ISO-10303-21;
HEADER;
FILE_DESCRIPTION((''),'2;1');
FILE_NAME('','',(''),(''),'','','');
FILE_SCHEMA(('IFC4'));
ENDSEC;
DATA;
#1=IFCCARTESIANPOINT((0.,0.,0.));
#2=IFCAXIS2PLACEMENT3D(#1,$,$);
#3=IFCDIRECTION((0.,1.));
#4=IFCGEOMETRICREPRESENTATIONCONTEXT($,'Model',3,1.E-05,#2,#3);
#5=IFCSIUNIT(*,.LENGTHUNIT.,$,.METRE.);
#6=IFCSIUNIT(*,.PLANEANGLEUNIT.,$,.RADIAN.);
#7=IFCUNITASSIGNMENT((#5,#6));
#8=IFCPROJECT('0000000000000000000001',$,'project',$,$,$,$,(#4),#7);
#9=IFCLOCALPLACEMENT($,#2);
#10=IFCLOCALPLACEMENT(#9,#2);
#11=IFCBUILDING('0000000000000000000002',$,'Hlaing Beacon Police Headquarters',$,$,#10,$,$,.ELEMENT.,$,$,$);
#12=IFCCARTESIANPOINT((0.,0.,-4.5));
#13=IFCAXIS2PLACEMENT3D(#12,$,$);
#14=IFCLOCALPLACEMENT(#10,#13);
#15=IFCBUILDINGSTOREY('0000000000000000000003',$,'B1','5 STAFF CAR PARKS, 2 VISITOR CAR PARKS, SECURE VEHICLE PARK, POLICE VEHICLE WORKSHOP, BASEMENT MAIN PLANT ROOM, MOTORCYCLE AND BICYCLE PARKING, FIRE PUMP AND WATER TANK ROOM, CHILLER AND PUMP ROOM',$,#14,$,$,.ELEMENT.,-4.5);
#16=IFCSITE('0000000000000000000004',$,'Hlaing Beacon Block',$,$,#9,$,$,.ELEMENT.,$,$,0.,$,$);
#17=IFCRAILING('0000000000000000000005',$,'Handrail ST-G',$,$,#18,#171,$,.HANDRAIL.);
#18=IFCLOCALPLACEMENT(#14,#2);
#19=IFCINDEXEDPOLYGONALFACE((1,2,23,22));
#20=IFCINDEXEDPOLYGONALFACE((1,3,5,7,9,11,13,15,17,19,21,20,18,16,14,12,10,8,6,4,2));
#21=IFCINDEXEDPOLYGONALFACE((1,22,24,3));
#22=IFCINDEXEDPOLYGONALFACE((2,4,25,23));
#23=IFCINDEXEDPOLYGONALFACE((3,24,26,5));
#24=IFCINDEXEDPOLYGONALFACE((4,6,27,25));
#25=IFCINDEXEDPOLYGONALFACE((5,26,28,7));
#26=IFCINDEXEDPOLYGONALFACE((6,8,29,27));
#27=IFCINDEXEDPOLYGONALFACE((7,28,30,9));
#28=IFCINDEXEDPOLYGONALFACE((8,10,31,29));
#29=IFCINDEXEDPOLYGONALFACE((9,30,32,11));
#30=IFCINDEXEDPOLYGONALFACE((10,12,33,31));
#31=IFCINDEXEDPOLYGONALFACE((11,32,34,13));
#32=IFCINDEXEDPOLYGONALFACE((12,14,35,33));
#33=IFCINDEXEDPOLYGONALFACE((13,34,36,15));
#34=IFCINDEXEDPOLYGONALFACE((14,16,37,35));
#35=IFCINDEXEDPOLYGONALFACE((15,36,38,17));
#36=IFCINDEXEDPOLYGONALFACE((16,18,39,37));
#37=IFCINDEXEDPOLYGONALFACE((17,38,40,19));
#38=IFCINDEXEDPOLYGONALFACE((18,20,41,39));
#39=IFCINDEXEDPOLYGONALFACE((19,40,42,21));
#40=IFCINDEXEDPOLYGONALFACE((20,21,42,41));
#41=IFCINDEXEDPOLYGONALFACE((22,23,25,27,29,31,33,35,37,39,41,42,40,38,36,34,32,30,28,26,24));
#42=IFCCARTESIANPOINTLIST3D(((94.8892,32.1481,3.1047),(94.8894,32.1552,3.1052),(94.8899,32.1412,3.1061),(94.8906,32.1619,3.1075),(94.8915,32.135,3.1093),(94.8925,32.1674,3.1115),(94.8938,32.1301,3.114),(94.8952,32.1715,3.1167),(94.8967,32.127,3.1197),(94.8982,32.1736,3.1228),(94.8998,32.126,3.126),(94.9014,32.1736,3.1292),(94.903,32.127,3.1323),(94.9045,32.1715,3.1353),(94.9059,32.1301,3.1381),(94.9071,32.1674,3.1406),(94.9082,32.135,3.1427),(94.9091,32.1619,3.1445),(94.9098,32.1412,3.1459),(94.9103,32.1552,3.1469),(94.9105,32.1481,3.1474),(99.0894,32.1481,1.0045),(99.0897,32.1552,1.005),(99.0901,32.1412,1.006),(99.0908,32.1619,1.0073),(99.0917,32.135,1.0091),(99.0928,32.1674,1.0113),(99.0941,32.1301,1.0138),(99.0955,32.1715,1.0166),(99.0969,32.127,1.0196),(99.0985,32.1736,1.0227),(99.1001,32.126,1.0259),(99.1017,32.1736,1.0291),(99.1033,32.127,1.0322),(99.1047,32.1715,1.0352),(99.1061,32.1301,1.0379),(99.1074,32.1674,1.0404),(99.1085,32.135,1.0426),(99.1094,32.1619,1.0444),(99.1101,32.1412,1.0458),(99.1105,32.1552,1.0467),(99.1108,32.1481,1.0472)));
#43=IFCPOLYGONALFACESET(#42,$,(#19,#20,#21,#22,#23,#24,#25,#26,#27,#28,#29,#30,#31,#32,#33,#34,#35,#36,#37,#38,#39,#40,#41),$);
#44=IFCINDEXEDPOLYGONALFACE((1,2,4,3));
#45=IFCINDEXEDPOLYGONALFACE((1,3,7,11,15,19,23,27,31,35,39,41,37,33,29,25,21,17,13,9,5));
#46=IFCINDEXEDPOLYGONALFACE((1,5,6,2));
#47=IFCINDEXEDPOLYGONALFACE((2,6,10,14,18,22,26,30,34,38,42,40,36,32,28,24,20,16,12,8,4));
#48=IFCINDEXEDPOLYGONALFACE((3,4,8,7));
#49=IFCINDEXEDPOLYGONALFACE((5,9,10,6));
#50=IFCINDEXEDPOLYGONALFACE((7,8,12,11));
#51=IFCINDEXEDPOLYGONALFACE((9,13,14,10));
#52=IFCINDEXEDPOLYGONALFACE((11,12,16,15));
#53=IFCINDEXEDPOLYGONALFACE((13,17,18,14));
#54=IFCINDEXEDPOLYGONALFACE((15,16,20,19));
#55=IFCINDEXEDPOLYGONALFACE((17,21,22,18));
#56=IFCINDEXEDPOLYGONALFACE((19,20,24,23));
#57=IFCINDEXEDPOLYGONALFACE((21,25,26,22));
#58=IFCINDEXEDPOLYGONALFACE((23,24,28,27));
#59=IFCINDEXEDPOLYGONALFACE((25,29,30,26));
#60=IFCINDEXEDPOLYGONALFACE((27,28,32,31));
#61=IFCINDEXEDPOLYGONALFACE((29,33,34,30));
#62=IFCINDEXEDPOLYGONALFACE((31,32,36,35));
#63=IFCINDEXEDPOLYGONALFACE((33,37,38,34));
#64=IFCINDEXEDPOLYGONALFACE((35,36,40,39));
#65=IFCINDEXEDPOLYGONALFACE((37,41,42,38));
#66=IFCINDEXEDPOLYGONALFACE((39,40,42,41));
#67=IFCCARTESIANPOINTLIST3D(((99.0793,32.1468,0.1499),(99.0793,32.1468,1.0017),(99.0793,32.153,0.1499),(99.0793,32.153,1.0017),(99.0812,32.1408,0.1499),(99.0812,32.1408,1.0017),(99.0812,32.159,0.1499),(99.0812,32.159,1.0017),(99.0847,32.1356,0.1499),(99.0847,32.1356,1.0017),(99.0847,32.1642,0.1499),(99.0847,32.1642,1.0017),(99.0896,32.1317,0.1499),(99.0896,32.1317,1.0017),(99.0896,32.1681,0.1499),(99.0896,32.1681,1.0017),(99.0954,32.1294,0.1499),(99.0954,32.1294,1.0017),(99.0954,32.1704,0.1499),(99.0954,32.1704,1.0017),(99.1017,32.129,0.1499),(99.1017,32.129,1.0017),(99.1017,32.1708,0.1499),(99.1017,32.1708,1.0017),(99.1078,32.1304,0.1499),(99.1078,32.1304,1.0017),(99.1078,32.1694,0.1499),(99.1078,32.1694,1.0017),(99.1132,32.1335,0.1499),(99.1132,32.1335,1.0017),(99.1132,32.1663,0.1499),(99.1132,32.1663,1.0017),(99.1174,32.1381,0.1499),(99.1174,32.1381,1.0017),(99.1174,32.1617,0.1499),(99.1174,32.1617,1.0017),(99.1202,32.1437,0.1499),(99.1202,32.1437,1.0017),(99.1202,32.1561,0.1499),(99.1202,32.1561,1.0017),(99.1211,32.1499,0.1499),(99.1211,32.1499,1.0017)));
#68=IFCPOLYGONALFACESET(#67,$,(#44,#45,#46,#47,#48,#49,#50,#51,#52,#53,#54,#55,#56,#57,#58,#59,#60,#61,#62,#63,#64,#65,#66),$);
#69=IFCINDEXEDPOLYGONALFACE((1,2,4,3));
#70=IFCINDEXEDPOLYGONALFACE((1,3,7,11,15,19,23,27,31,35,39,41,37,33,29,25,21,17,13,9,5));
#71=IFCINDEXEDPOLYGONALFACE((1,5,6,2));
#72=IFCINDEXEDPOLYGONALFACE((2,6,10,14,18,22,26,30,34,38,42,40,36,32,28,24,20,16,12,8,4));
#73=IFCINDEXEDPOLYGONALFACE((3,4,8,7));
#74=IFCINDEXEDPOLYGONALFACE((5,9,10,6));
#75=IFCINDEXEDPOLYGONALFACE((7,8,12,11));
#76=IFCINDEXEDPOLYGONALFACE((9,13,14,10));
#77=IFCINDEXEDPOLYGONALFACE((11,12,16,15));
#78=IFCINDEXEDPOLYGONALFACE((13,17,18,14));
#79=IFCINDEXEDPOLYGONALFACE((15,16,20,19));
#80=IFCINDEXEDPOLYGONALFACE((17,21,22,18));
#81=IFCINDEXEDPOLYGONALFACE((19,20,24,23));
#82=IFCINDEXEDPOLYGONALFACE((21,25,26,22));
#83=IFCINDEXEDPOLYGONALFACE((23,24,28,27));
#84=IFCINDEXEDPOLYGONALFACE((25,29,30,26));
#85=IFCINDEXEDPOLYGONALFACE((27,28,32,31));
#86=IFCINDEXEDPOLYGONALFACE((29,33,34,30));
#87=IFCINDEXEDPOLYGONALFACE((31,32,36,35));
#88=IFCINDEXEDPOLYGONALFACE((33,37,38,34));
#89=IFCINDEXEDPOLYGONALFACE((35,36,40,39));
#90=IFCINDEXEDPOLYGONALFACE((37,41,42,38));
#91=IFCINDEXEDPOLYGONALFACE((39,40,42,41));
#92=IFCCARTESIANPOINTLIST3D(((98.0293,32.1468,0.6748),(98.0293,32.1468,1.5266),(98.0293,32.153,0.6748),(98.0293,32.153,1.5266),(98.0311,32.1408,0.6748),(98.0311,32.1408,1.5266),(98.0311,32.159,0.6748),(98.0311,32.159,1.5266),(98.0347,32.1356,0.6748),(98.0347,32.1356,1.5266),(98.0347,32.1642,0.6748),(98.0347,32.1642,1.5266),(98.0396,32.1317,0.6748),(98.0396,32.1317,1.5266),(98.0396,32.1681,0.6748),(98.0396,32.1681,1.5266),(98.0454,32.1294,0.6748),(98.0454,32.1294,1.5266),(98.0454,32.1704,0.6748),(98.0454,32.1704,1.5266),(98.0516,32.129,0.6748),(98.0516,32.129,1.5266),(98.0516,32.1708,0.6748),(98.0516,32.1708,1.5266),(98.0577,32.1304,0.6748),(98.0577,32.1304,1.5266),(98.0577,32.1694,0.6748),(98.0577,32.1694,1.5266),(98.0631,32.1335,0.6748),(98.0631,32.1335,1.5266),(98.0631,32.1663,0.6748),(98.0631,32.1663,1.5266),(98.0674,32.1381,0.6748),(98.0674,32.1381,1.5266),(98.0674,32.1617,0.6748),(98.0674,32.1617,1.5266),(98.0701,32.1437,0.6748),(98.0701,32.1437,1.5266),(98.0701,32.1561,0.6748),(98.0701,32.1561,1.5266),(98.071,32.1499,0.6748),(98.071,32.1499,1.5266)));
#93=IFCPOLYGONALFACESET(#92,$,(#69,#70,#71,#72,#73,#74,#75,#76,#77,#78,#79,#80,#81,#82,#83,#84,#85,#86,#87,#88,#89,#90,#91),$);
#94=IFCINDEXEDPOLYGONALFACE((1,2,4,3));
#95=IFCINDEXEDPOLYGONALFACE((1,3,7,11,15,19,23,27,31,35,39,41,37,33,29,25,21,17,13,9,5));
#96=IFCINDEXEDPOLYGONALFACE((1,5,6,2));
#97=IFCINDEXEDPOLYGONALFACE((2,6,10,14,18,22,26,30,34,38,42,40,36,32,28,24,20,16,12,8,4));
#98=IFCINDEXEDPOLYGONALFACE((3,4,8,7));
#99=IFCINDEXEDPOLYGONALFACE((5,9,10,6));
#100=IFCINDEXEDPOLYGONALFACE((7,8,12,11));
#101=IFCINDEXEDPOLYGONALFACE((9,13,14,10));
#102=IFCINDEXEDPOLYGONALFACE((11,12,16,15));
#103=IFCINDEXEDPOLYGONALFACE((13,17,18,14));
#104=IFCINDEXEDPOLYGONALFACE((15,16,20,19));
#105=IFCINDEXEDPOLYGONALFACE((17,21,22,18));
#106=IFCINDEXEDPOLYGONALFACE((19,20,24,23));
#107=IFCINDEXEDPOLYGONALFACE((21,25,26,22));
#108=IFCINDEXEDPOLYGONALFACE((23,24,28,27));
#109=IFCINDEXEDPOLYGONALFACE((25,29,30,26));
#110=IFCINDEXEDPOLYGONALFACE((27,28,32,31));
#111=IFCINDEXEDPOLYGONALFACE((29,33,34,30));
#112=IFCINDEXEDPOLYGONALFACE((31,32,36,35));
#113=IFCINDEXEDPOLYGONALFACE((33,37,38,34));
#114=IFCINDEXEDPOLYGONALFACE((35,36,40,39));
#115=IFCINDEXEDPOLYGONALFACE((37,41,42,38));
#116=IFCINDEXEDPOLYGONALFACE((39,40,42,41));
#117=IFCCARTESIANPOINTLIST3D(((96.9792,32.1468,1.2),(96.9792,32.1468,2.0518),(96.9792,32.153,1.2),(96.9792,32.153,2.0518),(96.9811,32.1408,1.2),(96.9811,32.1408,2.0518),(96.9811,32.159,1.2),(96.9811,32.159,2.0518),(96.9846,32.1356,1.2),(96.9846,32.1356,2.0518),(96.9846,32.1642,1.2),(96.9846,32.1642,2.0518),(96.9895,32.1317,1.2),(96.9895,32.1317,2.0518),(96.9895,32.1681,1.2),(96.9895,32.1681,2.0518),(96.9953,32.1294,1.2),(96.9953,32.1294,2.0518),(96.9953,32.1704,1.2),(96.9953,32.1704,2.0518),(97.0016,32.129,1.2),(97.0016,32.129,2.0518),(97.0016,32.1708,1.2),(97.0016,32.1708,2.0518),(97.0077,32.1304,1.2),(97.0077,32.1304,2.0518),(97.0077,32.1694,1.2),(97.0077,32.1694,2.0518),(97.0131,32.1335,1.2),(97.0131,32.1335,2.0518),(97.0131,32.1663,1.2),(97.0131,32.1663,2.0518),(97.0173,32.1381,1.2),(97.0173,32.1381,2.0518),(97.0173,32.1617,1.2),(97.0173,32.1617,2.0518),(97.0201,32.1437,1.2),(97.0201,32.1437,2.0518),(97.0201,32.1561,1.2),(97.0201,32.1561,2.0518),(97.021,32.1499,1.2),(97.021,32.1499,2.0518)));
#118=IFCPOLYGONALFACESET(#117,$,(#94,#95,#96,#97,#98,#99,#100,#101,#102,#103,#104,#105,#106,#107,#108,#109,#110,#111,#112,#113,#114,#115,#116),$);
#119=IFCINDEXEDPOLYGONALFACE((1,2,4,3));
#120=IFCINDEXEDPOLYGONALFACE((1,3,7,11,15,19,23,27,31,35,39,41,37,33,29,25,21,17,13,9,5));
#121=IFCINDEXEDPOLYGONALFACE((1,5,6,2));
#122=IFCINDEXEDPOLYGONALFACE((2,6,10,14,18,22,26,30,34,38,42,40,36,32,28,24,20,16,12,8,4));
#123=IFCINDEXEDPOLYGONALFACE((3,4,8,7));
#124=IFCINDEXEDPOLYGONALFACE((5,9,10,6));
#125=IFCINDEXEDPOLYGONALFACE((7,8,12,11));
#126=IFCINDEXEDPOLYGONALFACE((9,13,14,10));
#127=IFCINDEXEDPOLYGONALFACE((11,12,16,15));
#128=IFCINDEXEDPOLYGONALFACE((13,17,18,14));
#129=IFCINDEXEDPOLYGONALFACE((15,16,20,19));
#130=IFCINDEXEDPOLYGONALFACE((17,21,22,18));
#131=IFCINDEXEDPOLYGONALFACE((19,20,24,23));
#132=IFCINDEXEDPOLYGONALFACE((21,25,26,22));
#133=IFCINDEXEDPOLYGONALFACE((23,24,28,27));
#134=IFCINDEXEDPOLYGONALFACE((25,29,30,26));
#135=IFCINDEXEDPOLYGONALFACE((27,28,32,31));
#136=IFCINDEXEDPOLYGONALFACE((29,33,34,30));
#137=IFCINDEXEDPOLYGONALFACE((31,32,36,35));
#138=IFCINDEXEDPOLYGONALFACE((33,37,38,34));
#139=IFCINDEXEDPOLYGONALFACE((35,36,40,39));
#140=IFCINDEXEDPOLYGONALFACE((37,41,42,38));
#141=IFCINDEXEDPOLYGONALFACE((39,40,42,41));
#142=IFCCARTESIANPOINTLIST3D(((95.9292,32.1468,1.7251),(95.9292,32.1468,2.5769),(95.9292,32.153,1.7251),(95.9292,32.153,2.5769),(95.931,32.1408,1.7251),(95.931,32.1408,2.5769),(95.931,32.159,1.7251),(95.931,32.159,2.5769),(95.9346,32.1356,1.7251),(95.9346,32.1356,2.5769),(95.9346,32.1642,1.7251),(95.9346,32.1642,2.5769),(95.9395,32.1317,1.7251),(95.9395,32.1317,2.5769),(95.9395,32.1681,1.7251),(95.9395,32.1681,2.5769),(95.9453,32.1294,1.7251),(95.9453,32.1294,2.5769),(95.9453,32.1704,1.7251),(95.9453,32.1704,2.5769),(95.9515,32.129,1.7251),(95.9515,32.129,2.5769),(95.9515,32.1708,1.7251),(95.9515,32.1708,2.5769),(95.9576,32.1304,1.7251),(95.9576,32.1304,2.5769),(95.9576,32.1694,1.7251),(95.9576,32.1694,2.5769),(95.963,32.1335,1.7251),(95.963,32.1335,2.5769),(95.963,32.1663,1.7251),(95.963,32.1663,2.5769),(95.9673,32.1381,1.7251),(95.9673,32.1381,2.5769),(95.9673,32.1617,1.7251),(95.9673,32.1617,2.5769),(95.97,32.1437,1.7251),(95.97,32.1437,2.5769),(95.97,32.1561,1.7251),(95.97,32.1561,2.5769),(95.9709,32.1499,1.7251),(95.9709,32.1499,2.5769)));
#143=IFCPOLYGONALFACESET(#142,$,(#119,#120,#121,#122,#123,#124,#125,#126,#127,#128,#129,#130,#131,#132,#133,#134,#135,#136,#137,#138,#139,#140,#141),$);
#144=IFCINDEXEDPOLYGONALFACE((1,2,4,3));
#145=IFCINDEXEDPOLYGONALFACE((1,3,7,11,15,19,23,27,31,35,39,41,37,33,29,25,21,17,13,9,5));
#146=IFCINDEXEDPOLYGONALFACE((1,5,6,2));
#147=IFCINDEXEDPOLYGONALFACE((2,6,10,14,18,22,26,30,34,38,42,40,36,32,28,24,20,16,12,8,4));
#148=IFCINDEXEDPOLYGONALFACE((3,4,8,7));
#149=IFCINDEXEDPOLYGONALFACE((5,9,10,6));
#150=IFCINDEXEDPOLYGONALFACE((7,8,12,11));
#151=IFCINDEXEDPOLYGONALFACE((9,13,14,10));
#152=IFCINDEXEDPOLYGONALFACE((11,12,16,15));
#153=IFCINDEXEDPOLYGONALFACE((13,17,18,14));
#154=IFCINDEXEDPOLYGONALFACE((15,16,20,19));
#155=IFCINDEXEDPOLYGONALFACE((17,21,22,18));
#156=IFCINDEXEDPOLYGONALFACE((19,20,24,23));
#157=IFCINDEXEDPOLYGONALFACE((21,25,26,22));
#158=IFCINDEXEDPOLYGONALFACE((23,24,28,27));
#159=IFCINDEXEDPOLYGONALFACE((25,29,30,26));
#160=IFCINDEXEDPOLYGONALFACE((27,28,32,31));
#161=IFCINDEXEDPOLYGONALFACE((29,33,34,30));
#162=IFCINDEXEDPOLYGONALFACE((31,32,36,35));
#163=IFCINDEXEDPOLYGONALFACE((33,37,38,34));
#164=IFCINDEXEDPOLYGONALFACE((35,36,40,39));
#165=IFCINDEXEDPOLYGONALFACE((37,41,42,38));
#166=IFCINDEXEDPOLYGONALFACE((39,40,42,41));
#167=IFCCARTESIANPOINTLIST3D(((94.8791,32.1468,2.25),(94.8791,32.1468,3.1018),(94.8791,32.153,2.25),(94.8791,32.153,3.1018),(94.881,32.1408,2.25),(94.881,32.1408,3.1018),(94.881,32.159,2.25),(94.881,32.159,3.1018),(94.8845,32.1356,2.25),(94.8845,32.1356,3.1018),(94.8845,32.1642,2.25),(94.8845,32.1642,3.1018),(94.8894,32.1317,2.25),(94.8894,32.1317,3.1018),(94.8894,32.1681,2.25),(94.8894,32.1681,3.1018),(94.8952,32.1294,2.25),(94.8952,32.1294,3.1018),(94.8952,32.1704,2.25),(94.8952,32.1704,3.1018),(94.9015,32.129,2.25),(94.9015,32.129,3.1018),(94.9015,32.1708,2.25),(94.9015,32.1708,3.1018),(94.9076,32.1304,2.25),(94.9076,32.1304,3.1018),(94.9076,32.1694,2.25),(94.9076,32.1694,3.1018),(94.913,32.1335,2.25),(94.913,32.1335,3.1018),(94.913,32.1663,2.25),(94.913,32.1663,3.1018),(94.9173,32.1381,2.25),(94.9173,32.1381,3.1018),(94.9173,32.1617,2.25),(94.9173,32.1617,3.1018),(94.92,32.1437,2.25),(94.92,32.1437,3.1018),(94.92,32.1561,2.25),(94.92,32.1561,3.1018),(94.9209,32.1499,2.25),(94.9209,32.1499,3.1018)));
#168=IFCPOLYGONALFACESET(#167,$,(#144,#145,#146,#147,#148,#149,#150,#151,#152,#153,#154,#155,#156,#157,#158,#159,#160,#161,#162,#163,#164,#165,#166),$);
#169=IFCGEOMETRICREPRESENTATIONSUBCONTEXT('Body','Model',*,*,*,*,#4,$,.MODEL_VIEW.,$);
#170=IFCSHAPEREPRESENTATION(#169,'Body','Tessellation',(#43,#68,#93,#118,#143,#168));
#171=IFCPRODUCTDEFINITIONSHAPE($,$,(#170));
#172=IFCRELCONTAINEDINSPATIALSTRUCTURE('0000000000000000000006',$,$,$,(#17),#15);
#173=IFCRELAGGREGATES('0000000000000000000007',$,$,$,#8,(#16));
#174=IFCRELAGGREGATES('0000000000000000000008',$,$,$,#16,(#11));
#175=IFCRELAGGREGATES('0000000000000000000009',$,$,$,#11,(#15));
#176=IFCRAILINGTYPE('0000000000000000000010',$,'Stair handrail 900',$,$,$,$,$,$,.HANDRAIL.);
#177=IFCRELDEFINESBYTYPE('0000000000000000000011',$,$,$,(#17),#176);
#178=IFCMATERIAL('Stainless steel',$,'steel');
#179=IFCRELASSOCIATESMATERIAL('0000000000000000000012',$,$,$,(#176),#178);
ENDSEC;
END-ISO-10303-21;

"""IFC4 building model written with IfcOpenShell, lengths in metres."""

from ifc_helpers import new_model, si_unit, direction, frame, origin, origin_2d, place, context, subcontext, project, spatial, circle, extrude, material, type_object, element, save


model = new_model("IFC4")

# Units and contexts
model_context = context("Model", 3, precision=1e-05, world=origin(), true_north=direction((0.0, 1.0)))
body_context = subcontext(model_context, "Body", "Model", "MODEL_VIEW")
ifc_project = project(units=[si_unit("LENGTHUNIT", "METRE"), si_unit("PLANEANGLEUNIT", "RADIAN")], contexts=[model_context])

# Site, building, storey
site_placement = place(None, origin())
site = spatial("IfcSite", under=ifc_project, at=site_placement, Name="Hlaing Beacon Block", CompositionType="ELEMENT", RefElevation=0.0)
building_placement = place(site_placement, origin())
building = spatial("IfcBuilding", under=site, at=building_placement, Name="Hlaing Beacon Police Headquarters", CompositionType="ELEMENT")
storey_placement = place(building_placement, frame((0.0, 0.0, -4.5)))
storey = spatial("IfcBuildingStorey", under=building, at=storey_placement, Name="B1", Description="5 STAFF CAR PARKS, 2 VISITOR CAR PARKS, SECURE VEHICLE PARK, POLICE VEHICLE WORKSHOP, BASEMENT MAIN PLANT ROOM, MOTORCYCLE AND BICYCLE PARKING, FIRE PUMP AND WATER TANK ROOM, CHILLER AND PUMP ROOM", CompositionType="ELEMENT", Elevation=-4.5)

# Railing
ifc_material_1 = material(Name="Stainless steel", Category="steel")
railing_type = type_object("IfcRailingType", Name="Stair handrail 900", PredefinedType="HANDRAIL", material=ifc_material_1)
for number, where, name in (
    (1, (99.1001, 32.1499, 0.1499), "Handrail ST-G"),
):
    element("IfcRailing", number, at=place(storey_placement, frame(where)), inside=storey, type_object=railing_type, Name=name, PredefinedType="HANDRAIL", context=body_context, shape_type="SweptSolid", body=[
        extrude(circle(Radius=0.0239, at=origin_2d()), frame((0.0, 0.0, 0.876), z_axis=(-0.894427, 0.0, 0.447214), x_axis=(0.0, -1.0, 0.0)), (0.0, 0.0, 1.0), 4.696),
        extrude(circle(Radius=0.021, at=origin_2d()), origin(), (0.0, 0.0, 1.0), 0.8518),
        extrude(circle(Radius=0.021, at=origin_2d()), frame((-1.05, 0.0, 0.5249)), (0.0, 0.0, 1.0), 0.8518),
        extrude(circle(Radius=0.021, at=origin_2d()), frame((-2.1001, 0.0, 1.05)), (0.0, 0.0, 1.0), 0.8518),
        extrude(circle(Radius=0.021, at=origin_2d()), frame((-3.1501, 0.0, 1.5752)), (0.0, 0.0, 1.0), 0.8518),
        extrude(circle(Radius=0.021, at=origin_2d()), frame((-4.2002, 0.0, 2.1001)), (0.0, 0.0, 1.0), 0.8518),
    ])

save(model, "model.ifc")
